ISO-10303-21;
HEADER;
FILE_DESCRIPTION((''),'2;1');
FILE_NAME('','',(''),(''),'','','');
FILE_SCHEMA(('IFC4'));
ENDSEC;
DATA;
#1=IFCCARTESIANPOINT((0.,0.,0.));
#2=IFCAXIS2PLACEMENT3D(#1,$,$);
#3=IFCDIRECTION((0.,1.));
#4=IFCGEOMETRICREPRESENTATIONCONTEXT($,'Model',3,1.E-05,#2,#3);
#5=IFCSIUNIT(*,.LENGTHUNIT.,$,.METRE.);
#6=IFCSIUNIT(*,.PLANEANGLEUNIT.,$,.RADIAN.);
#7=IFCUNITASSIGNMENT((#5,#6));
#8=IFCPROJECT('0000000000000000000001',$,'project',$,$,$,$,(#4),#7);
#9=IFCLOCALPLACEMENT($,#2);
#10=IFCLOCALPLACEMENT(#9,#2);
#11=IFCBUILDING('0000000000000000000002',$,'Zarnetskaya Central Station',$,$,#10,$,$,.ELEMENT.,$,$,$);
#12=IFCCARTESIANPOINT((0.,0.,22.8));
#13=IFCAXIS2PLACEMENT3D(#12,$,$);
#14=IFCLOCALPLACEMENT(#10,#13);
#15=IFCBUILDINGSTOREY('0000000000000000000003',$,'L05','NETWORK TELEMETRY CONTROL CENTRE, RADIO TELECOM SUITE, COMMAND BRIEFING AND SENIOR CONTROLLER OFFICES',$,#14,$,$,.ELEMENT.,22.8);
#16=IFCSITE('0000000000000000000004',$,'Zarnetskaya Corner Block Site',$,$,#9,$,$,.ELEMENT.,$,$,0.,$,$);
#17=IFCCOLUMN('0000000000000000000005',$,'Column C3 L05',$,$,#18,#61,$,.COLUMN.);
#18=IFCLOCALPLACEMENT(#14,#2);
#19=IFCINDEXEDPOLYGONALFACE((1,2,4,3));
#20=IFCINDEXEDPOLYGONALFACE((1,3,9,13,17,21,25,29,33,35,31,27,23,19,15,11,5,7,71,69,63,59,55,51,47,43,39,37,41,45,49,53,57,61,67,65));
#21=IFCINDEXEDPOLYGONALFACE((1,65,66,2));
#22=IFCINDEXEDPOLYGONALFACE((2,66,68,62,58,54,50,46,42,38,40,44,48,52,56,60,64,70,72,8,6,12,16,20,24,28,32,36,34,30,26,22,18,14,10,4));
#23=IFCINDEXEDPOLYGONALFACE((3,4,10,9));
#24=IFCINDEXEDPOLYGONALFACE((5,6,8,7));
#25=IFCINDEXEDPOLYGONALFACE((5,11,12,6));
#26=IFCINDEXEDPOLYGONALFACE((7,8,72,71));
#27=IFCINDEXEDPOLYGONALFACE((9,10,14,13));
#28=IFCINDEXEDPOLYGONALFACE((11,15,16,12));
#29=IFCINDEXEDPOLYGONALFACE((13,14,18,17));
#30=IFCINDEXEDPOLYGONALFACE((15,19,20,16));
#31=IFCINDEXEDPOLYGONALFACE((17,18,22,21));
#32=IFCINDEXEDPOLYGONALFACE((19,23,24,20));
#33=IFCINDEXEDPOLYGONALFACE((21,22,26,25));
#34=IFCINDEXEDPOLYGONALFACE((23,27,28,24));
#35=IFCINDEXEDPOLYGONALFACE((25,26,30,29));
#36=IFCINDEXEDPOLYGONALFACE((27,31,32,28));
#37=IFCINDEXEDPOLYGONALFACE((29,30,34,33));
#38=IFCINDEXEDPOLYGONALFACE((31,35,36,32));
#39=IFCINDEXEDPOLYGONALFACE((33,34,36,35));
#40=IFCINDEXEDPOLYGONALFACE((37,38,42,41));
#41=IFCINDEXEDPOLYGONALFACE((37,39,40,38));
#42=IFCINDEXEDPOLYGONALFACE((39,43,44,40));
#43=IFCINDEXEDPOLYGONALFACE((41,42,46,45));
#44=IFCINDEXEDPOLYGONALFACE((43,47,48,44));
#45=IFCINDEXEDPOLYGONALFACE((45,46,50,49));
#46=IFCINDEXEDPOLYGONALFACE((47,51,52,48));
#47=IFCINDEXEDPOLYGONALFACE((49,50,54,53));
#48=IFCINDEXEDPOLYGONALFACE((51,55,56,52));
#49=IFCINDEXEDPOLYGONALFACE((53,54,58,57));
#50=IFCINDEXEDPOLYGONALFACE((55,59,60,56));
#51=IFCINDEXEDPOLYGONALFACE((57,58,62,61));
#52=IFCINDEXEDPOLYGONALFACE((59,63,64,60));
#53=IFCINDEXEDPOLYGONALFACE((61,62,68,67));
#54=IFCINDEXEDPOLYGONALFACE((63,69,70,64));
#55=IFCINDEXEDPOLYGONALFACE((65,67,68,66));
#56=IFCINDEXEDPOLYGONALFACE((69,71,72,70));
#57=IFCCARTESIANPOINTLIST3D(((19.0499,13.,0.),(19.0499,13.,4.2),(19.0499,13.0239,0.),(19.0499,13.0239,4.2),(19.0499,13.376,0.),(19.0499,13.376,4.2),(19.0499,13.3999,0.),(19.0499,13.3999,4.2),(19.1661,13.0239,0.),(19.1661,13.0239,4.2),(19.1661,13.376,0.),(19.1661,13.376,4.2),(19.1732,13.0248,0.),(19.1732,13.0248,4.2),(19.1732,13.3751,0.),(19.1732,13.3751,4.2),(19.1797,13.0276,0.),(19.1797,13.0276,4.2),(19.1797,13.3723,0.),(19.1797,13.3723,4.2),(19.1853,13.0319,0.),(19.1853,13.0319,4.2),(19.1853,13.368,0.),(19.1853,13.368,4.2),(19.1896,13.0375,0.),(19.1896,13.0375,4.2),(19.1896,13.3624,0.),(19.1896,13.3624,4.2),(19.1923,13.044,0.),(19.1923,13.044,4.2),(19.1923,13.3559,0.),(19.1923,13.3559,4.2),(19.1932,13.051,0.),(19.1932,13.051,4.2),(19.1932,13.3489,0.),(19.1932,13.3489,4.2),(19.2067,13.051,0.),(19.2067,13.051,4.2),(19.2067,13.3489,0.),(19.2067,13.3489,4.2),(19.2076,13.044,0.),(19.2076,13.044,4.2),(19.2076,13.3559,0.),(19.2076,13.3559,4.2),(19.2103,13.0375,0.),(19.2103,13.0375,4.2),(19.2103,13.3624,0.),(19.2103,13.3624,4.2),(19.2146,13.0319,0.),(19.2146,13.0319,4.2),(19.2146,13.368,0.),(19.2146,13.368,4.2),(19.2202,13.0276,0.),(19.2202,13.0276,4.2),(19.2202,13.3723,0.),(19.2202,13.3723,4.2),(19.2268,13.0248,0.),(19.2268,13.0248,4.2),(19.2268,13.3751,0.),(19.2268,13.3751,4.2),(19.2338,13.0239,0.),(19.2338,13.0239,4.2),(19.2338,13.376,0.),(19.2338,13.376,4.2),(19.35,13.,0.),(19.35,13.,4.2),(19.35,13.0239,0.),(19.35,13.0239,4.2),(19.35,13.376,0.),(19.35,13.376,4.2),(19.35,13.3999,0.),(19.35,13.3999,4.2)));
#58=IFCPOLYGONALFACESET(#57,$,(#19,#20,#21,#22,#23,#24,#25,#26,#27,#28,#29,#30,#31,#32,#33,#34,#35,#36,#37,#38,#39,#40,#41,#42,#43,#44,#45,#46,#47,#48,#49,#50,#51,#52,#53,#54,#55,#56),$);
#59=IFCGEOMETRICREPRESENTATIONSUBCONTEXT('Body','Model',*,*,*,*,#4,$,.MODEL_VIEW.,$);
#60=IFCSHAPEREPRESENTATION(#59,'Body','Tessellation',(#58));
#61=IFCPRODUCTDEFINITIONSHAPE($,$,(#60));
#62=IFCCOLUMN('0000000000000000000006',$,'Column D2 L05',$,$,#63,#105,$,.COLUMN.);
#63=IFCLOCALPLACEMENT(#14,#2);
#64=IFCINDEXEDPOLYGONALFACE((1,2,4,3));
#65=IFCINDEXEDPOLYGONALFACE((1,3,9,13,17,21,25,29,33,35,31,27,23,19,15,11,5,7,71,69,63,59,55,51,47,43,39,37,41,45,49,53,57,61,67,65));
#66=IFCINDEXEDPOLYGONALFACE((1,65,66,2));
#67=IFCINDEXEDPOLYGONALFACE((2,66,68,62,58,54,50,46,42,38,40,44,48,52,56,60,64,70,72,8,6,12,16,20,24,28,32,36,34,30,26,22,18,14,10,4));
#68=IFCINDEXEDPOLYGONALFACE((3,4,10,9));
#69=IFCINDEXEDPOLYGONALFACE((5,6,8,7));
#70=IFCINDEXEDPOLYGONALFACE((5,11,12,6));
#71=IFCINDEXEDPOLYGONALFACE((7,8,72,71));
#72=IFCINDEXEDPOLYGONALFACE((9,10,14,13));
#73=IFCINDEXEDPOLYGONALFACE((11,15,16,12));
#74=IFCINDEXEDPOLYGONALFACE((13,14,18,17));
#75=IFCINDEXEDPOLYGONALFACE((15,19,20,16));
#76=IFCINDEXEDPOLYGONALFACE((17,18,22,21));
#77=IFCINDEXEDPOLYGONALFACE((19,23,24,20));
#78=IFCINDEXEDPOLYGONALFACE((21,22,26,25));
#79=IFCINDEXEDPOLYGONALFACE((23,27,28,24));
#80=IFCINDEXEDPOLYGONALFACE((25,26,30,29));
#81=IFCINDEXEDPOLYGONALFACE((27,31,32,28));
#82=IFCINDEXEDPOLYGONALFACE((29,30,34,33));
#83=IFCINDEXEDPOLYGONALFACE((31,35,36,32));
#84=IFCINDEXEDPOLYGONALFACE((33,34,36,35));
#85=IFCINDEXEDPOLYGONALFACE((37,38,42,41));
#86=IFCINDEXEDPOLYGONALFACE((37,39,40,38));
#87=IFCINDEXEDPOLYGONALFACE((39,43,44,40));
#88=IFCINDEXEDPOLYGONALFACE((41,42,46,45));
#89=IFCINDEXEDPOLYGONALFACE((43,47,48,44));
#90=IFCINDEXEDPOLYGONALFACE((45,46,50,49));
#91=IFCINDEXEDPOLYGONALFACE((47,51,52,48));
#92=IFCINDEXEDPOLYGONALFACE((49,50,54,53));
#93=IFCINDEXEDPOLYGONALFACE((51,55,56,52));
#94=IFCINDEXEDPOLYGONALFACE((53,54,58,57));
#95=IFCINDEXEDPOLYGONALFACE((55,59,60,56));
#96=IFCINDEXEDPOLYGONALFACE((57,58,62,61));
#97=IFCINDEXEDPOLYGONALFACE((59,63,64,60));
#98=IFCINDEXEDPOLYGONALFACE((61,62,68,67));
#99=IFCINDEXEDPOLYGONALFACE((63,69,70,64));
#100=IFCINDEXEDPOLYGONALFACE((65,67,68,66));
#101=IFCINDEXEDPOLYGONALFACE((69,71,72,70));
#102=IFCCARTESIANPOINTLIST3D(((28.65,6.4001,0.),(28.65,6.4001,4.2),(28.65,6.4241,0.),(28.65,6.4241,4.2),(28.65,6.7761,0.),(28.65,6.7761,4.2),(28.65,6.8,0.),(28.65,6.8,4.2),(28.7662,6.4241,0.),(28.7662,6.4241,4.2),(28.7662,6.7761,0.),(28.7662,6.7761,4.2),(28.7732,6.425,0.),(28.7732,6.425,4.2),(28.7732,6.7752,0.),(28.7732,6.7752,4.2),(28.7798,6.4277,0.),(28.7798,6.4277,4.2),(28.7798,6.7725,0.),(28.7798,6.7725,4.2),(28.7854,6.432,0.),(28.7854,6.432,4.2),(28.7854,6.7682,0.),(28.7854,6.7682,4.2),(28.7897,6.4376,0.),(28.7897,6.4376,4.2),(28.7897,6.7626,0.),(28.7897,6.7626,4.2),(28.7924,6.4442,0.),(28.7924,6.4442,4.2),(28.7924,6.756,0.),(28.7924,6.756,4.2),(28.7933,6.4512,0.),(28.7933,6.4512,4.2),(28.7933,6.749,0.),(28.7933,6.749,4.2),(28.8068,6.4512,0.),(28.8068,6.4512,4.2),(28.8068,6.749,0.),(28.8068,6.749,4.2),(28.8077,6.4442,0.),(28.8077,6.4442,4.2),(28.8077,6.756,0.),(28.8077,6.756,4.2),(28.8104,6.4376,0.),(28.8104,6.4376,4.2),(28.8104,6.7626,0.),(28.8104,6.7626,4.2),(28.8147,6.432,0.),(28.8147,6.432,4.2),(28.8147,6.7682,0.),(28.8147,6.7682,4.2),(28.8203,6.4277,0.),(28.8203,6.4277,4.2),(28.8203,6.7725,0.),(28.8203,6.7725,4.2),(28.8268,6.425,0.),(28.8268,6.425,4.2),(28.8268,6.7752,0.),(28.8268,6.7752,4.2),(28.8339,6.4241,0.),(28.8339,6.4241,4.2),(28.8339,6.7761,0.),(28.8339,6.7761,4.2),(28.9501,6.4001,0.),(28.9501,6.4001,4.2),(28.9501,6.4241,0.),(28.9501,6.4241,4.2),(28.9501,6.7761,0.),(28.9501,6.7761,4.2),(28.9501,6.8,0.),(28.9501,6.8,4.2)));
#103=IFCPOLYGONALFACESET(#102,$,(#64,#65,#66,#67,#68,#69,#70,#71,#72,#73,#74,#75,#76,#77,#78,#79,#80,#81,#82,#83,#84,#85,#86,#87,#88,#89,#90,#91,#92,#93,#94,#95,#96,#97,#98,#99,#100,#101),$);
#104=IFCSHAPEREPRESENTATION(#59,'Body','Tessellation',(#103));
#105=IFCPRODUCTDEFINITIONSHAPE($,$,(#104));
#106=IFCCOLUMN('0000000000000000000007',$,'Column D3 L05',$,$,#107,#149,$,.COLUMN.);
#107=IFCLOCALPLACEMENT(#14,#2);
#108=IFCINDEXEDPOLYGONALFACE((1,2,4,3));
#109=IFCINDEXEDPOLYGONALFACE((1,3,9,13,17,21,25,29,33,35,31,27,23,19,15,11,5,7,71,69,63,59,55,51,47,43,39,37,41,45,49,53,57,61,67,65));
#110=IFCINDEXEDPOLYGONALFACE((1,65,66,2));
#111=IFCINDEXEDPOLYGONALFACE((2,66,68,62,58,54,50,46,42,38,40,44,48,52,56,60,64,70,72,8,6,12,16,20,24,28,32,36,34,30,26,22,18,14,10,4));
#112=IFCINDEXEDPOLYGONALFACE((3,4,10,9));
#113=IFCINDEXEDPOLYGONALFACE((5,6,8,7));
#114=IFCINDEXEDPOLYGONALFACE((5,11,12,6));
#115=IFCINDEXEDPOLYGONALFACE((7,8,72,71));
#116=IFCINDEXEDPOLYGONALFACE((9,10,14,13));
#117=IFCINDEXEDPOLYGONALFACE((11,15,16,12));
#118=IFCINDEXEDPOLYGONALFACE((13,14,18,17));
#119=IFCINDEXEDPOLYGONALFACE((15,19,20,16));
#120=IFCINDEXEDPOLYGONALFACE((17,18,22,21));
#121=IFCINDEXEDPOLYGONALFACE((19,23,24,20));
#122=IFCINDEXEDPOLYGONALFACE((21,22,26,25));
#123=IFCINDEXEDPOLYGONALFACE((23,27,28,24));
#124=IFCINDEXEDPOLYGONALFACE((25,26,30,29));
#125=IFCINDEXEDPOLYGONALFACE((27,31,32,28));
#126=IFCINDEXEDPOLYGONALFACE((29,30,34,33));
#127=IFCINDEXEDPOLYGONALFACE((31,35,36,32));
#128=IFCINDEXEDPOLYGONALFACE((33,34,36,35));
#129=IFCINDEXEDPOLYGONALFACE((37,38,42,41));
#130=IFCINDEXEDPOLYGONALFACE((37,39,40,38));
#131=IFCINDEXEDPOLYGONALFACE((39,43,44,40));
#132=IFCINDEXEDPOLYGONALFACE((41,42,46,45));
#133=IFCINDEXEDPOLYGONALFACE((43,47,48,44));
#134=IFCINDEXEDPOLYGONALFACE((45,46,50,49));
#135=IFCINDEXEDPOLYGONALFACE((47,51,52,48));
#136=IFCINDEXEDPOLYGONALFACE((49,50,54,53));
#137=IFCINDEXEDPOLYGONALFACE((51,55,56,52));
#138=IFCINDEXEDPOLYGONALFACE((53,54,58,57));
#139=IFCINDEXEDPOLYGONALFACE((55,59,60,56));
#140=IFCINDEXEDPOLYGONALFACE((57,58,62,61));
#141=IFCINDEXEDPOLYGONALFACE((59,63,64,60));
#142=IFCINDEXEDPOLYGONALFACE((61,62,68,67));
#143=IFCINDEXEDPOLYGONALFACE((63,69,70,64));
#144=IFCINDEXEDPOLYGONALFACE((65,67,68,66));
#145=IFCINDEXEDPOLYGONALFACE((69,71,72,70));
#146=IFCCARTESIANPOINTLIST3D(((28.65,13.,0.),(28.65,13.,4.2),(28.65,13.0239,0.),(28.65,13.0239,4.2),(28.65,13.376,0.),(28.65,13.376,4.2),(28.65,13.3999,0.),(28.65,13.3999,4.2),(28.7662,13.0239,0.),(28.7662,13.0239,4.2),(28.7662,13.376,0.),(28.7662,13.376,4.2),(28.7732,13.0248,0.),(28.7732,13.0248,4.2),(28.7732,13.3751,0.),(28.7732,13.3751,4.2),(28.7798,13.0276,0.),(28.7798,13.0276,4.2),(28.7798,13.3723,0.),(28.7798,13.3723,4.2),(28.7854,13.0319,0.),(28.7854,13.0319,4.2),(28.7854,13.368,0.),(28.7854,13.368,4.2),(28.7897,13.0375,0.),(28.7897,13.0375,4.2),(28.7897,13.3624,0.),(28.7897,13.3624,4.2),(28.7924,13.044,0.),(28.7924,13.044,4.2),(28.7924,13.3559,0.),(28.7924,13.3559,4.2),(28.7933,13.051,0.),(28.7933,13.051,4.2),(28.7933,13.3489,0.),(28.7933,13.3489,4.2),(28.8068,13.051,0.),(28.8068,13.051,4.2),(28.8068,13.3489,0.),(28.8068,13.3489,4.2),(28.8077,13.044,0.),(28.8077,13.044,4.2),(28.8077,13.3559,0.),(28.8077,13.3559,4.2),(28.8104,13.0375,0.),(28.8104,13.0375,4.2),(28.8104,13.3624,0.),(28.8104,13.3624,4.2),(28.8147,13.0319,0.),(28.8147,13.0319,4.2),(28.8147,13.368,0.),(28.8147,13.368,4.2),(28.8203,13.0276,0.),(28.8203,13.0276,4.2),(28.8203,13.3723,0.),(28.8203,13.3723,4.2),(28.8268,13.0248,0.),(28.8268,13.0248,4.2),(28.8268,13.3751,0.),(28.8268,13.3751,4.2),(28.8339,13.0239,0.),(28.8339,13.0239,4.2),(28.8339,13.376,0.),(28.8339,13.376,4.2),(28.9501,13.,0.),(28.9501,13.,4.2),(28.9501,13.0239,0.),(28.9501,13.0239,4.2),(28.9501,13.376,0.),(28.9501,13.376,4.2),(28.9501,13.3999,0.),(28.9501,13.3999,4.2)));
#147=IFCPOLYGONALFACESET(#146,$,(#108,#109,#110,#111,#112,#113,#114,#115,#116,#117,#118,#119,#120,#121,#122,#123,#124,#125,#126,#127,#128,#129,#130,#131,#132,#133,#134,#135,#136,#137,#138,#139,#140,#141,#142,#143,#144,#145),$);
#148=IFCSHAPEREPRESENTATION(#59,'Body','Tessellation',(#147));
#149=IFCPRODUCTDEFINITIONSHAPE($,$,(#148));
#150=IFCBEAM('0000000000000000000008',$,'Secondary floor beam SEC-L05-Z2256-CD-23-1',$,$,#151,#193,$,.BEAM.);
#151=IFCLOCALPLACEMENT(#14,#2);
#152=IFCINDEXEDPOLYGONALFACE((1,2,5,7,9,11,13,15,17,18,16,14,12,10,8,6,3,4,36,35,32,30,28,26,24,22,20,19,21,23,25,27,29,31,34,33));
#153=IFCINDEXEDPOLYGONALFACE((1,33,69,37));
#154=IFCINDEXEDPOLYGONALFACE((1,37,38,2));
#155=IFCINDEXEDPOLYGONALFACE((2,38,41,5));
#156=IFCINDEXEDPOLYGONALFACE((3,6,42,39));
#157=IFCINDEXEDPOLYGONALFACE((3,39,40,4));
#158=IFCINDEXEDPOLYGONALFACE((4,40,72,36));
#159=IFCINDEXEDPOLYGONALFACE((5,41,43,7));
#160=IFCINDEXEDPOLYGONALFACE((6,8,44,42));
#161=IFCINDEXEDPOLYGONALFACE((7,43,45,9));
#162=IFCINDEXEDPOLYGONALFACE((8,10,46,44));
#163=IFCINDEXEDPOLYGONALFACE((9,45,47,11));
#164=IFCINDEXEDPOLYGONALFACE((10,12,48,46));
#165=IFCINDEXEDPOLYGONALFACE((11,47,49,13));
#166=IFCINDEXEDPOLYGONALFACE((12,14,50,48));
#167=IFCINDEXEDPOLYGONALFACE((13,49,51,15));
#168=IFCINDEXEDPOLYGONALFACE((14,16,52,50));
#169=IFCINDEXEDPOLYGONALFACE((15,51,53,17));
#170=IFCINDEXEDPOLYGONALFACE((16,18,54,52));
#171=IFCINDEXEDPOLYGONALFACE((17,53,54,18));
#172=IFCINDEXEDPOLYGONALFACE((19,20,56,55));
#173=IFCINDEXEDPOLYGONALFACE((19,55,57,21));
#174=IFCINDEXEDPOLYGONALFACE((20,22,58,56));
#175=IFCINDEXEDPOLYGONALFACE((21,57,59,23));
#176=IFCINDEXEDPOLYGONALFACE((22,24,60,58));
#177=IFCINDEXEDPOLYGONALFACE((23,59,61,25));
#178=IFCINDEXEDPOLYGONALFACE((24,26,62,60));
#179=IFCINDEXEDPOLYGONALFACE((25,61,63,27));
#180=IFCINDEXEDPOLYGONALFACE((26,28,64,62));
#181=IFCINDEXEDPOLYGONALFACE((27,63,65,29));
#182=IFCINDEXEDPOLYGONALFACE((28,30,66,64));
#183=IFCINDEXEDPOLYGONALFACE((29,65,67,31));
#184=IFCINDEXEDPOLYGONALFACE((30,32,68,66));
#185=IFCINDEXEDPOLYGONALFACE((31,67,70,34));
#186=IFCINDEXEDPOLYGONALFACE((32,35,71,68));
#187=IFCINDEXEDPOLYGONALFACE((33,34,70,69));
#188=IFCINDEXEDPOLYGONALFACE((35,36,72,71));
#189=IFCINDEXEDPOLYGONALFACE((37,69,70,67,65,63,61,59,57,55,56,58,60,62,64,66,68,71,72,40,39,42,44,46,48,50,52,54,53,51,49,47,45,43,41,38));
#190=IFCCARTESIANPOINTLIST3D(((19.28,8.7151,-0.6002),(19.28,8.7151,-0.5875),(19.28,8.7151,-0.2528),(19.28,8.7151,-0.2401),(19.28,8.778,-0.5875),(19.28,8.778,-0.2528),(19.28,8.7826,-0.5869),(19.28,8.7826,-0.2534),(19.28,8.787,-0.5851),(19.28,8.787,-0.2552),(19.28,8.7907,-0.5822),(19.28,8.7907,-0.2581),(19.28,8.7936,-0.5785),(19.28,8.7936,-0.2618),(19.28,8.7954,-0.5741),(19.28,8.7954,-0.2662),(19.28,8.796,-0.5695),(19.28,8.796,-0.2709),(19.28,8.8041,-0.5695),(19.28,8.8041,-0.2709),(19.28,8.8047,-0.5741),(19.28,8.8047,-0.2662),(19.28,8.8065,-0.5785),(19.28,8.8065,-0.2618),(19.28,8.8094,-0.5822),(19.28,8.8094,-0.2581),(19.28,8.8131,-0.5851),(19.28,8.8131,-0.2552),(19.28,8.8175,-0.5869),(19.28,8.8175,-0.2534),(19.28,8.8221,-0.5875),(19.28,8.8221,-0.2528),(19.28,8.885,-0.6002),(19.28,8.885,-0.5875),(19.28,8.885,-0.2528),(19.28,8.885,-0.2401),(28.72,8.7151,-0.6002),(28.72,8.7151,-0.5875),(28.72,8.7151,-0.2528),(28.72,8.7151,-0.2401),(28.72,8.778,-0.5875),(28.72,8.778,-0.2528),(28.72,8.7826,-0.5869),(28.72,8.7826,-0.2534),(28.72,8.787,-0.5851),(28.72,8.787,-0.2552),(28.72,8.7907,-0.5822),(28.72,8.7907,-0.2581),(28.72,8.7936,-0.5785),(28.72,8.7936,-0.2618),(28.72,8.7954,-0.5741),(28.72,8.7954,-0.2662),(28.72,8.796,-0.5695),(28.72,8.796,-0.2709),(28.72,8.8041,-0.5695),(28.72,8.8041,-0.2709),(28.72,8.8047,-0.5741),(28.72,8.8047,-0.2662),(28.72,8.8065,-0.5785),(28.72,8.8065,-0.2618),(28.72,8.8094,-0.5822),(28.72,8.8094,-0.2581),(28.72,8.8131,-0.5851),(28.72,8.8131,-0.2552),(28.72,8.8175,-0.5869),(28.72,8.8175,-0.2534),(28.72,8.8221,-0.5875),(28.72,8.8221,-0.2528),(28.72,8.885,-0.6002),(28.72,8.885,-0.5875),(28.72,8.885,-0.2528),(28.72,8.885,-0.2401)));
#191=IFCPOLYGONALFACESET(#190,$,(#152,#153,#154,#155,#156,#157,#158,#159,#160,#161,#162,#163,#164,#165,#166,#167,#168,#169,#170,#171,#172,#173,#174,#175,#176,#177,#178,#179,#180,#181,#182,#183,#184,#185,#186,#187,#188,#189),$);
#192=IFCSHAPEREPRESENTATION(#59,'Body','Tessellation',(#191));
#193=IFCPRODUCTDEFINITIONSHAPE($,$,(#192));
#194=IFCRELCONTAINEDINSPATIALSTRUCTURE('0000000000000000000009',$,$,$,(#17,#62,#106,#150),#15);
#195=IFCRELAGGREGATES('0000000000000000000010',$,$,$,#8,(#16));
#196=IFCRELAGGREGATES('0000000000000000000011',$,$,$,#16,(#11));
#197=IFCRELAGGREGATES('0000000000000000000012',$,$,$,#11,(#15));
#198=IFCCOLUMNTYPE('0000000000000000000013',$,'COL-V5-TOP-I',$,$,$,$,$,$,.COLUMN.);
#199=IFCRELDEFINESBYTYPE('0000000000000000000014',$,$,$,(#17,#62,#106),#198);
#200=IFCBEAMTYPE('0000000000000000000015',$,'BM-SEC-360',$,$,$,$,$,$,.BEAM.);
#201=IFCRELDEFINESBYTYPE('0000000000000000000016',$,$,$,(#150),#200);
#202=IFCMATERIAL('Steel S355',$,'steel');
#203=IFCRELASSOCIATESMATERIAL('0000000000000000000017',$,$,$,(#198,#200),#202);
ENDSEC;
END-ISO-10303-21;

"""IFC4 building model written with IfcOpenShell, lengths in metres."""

from ifc_helpers import new_model, si_unit, direction, frame, origin, origin_2d, place, context, subcontext, project, spatial, i_section, extrude, material, material_profile, profile_set, type_object, element, save


model = new_model("IFC4")

# Units and contexts
model_context = context("Model", 3, precision=1e-05, world=origin(), true_north=direction((0.0, 1.0)))
body_context = subcontext(model_context, "Body", "Model", "MODEL_VIEW")
ifc_project = project(units=[si_unit("LENGTHUNIT", "METRE"), si_unit("PLANEANGLEUNIT", "RADIAN")], contexts=[model_context])

# Site, building, storey
site_placement = place(None, origin())
site = spatial("IfcSite", under=ifc_project, at=site_placement, Name="Zarnetskaya Corner Block Site", CompositionType="ELEMENT", RefElevation=0.0)
building_placement = place(site_placement, origin())
building = spatial("IfcBuilding", under=site, at=building_placement, Name="Zarnetskaya Central Station", CompositionType="ELEMENT")
storey_placement = place(building_placement, frame((0.0, 0.0, 22.8)))
storey = spatial("IfcBuildingStorey", under=building, at=storey_placement, Name="L05", Description="NETWORK TELEMETRY CONTROL CENTRE, RADIO TELECOM SUITE, COMMAND BRIEFING AND SENIOR CONTROLLER OFFICES", CompositionType="ELEMENT", Elevation=22.8)

# Columns
ifc_material_1 = material(Name="Steel S355", Category="steel")
ifc_material_profile_1 = material_profile(ifc_material_1, i_section(OverallWidth=0.3, OverallDepth=0.3999, WebThickness=0.0134, FlangeThickness=0.0239, FilletRadius=0.0271, at=origin_2d()), Name="HEB 400")
ifc_profile_set_1 = profile_set([ifc_material_profile_1], Name="Steel S355")
column_type = type_object("IfcColumnType", Name="COL-V5-TOP-I", PredefinedType="COLUMN", material=ifc_profile_set_1)
for number, where, z_axis, x_axis, name in (
    (1, (19.2, 13.2, 0.0), (0.0, 0.0, 1.0), (1.0, 0.0, 0.0), "Column C3 L05"),
    (2, (28.8, 6.6001, 0.0), (0.0, 0.0, 1.0), (1.0, 0.0, 0.0), "Column D2 L05"),
    (3, (28.8, 13.2, 0.0), (0.0, 0.0, 1.0), (1.0, 0.0, 0.0), "Column D3 L05"),
):
    element("IfcColumn", number, at=place(storey_placement, frame(where, z_axis=z_axis, x_axis=x_axis)), inside=storey, type_object=column_type, Name=name, PredefinedType="COLUMN", context=body_context, shape_type="SweptSolid", body=[
        extrude(i_section(OverallWidth=0.3, OverallDepth=0.3999, WebThickness=0.0134, FlangeThickness=0.0239, FilletRadius=0.0271, at=origin_2d()), origin(), (0.0, 0.0, 1.0), 4.2),
    ])

# Beam
ifc_material_profile_2 = material_profile(ifc_material_1, i_section(OverallWidth=0.1699, OverallDepth=0.3601, WebThickness=0.0081, FlangeThickness=0.0127, FilletRadius=0.0181, at=origin_2d()), Name="IPE 360")
ifc_profile_set_2 = profile_set([ifc_material_profile_2], Name="Steel S355")
beam_type_1 = type_object("IfcBeamType", Name="BM-SEC-360", PredefinedType="BEAM", material=ifc_profile_set_2)
for number, where, z_axis, x_axis, name in (
    (4, (19.28, 8.8, -0.4202), (1.0, 0.0, 0.0), (0.0, 1.0, 0.0), "Secondary floor beam SEC-L05-Z2256-CD-23-1"),
):
    element("IfcBeam", number, at=place(storey_placement, frame(where, z_axis=z_axis, x_axis=x_axis)), inside=storey, type_object=beam_type_1, Name=name, PredefinedType="BEAM", context=body_context, shape_type="SweptSolid", body=[
        extrude(i_section(OverallWidth=0.1699, OverallDepth=0.3601, WebThickness=0.0081, FlangeThickness=0.0127, FilletRadius=0.0181, at=origin_2d()), origin(), (0.0, 0.0, 1.0), 9.4399),
    ])

save(model, "model.ifc")
